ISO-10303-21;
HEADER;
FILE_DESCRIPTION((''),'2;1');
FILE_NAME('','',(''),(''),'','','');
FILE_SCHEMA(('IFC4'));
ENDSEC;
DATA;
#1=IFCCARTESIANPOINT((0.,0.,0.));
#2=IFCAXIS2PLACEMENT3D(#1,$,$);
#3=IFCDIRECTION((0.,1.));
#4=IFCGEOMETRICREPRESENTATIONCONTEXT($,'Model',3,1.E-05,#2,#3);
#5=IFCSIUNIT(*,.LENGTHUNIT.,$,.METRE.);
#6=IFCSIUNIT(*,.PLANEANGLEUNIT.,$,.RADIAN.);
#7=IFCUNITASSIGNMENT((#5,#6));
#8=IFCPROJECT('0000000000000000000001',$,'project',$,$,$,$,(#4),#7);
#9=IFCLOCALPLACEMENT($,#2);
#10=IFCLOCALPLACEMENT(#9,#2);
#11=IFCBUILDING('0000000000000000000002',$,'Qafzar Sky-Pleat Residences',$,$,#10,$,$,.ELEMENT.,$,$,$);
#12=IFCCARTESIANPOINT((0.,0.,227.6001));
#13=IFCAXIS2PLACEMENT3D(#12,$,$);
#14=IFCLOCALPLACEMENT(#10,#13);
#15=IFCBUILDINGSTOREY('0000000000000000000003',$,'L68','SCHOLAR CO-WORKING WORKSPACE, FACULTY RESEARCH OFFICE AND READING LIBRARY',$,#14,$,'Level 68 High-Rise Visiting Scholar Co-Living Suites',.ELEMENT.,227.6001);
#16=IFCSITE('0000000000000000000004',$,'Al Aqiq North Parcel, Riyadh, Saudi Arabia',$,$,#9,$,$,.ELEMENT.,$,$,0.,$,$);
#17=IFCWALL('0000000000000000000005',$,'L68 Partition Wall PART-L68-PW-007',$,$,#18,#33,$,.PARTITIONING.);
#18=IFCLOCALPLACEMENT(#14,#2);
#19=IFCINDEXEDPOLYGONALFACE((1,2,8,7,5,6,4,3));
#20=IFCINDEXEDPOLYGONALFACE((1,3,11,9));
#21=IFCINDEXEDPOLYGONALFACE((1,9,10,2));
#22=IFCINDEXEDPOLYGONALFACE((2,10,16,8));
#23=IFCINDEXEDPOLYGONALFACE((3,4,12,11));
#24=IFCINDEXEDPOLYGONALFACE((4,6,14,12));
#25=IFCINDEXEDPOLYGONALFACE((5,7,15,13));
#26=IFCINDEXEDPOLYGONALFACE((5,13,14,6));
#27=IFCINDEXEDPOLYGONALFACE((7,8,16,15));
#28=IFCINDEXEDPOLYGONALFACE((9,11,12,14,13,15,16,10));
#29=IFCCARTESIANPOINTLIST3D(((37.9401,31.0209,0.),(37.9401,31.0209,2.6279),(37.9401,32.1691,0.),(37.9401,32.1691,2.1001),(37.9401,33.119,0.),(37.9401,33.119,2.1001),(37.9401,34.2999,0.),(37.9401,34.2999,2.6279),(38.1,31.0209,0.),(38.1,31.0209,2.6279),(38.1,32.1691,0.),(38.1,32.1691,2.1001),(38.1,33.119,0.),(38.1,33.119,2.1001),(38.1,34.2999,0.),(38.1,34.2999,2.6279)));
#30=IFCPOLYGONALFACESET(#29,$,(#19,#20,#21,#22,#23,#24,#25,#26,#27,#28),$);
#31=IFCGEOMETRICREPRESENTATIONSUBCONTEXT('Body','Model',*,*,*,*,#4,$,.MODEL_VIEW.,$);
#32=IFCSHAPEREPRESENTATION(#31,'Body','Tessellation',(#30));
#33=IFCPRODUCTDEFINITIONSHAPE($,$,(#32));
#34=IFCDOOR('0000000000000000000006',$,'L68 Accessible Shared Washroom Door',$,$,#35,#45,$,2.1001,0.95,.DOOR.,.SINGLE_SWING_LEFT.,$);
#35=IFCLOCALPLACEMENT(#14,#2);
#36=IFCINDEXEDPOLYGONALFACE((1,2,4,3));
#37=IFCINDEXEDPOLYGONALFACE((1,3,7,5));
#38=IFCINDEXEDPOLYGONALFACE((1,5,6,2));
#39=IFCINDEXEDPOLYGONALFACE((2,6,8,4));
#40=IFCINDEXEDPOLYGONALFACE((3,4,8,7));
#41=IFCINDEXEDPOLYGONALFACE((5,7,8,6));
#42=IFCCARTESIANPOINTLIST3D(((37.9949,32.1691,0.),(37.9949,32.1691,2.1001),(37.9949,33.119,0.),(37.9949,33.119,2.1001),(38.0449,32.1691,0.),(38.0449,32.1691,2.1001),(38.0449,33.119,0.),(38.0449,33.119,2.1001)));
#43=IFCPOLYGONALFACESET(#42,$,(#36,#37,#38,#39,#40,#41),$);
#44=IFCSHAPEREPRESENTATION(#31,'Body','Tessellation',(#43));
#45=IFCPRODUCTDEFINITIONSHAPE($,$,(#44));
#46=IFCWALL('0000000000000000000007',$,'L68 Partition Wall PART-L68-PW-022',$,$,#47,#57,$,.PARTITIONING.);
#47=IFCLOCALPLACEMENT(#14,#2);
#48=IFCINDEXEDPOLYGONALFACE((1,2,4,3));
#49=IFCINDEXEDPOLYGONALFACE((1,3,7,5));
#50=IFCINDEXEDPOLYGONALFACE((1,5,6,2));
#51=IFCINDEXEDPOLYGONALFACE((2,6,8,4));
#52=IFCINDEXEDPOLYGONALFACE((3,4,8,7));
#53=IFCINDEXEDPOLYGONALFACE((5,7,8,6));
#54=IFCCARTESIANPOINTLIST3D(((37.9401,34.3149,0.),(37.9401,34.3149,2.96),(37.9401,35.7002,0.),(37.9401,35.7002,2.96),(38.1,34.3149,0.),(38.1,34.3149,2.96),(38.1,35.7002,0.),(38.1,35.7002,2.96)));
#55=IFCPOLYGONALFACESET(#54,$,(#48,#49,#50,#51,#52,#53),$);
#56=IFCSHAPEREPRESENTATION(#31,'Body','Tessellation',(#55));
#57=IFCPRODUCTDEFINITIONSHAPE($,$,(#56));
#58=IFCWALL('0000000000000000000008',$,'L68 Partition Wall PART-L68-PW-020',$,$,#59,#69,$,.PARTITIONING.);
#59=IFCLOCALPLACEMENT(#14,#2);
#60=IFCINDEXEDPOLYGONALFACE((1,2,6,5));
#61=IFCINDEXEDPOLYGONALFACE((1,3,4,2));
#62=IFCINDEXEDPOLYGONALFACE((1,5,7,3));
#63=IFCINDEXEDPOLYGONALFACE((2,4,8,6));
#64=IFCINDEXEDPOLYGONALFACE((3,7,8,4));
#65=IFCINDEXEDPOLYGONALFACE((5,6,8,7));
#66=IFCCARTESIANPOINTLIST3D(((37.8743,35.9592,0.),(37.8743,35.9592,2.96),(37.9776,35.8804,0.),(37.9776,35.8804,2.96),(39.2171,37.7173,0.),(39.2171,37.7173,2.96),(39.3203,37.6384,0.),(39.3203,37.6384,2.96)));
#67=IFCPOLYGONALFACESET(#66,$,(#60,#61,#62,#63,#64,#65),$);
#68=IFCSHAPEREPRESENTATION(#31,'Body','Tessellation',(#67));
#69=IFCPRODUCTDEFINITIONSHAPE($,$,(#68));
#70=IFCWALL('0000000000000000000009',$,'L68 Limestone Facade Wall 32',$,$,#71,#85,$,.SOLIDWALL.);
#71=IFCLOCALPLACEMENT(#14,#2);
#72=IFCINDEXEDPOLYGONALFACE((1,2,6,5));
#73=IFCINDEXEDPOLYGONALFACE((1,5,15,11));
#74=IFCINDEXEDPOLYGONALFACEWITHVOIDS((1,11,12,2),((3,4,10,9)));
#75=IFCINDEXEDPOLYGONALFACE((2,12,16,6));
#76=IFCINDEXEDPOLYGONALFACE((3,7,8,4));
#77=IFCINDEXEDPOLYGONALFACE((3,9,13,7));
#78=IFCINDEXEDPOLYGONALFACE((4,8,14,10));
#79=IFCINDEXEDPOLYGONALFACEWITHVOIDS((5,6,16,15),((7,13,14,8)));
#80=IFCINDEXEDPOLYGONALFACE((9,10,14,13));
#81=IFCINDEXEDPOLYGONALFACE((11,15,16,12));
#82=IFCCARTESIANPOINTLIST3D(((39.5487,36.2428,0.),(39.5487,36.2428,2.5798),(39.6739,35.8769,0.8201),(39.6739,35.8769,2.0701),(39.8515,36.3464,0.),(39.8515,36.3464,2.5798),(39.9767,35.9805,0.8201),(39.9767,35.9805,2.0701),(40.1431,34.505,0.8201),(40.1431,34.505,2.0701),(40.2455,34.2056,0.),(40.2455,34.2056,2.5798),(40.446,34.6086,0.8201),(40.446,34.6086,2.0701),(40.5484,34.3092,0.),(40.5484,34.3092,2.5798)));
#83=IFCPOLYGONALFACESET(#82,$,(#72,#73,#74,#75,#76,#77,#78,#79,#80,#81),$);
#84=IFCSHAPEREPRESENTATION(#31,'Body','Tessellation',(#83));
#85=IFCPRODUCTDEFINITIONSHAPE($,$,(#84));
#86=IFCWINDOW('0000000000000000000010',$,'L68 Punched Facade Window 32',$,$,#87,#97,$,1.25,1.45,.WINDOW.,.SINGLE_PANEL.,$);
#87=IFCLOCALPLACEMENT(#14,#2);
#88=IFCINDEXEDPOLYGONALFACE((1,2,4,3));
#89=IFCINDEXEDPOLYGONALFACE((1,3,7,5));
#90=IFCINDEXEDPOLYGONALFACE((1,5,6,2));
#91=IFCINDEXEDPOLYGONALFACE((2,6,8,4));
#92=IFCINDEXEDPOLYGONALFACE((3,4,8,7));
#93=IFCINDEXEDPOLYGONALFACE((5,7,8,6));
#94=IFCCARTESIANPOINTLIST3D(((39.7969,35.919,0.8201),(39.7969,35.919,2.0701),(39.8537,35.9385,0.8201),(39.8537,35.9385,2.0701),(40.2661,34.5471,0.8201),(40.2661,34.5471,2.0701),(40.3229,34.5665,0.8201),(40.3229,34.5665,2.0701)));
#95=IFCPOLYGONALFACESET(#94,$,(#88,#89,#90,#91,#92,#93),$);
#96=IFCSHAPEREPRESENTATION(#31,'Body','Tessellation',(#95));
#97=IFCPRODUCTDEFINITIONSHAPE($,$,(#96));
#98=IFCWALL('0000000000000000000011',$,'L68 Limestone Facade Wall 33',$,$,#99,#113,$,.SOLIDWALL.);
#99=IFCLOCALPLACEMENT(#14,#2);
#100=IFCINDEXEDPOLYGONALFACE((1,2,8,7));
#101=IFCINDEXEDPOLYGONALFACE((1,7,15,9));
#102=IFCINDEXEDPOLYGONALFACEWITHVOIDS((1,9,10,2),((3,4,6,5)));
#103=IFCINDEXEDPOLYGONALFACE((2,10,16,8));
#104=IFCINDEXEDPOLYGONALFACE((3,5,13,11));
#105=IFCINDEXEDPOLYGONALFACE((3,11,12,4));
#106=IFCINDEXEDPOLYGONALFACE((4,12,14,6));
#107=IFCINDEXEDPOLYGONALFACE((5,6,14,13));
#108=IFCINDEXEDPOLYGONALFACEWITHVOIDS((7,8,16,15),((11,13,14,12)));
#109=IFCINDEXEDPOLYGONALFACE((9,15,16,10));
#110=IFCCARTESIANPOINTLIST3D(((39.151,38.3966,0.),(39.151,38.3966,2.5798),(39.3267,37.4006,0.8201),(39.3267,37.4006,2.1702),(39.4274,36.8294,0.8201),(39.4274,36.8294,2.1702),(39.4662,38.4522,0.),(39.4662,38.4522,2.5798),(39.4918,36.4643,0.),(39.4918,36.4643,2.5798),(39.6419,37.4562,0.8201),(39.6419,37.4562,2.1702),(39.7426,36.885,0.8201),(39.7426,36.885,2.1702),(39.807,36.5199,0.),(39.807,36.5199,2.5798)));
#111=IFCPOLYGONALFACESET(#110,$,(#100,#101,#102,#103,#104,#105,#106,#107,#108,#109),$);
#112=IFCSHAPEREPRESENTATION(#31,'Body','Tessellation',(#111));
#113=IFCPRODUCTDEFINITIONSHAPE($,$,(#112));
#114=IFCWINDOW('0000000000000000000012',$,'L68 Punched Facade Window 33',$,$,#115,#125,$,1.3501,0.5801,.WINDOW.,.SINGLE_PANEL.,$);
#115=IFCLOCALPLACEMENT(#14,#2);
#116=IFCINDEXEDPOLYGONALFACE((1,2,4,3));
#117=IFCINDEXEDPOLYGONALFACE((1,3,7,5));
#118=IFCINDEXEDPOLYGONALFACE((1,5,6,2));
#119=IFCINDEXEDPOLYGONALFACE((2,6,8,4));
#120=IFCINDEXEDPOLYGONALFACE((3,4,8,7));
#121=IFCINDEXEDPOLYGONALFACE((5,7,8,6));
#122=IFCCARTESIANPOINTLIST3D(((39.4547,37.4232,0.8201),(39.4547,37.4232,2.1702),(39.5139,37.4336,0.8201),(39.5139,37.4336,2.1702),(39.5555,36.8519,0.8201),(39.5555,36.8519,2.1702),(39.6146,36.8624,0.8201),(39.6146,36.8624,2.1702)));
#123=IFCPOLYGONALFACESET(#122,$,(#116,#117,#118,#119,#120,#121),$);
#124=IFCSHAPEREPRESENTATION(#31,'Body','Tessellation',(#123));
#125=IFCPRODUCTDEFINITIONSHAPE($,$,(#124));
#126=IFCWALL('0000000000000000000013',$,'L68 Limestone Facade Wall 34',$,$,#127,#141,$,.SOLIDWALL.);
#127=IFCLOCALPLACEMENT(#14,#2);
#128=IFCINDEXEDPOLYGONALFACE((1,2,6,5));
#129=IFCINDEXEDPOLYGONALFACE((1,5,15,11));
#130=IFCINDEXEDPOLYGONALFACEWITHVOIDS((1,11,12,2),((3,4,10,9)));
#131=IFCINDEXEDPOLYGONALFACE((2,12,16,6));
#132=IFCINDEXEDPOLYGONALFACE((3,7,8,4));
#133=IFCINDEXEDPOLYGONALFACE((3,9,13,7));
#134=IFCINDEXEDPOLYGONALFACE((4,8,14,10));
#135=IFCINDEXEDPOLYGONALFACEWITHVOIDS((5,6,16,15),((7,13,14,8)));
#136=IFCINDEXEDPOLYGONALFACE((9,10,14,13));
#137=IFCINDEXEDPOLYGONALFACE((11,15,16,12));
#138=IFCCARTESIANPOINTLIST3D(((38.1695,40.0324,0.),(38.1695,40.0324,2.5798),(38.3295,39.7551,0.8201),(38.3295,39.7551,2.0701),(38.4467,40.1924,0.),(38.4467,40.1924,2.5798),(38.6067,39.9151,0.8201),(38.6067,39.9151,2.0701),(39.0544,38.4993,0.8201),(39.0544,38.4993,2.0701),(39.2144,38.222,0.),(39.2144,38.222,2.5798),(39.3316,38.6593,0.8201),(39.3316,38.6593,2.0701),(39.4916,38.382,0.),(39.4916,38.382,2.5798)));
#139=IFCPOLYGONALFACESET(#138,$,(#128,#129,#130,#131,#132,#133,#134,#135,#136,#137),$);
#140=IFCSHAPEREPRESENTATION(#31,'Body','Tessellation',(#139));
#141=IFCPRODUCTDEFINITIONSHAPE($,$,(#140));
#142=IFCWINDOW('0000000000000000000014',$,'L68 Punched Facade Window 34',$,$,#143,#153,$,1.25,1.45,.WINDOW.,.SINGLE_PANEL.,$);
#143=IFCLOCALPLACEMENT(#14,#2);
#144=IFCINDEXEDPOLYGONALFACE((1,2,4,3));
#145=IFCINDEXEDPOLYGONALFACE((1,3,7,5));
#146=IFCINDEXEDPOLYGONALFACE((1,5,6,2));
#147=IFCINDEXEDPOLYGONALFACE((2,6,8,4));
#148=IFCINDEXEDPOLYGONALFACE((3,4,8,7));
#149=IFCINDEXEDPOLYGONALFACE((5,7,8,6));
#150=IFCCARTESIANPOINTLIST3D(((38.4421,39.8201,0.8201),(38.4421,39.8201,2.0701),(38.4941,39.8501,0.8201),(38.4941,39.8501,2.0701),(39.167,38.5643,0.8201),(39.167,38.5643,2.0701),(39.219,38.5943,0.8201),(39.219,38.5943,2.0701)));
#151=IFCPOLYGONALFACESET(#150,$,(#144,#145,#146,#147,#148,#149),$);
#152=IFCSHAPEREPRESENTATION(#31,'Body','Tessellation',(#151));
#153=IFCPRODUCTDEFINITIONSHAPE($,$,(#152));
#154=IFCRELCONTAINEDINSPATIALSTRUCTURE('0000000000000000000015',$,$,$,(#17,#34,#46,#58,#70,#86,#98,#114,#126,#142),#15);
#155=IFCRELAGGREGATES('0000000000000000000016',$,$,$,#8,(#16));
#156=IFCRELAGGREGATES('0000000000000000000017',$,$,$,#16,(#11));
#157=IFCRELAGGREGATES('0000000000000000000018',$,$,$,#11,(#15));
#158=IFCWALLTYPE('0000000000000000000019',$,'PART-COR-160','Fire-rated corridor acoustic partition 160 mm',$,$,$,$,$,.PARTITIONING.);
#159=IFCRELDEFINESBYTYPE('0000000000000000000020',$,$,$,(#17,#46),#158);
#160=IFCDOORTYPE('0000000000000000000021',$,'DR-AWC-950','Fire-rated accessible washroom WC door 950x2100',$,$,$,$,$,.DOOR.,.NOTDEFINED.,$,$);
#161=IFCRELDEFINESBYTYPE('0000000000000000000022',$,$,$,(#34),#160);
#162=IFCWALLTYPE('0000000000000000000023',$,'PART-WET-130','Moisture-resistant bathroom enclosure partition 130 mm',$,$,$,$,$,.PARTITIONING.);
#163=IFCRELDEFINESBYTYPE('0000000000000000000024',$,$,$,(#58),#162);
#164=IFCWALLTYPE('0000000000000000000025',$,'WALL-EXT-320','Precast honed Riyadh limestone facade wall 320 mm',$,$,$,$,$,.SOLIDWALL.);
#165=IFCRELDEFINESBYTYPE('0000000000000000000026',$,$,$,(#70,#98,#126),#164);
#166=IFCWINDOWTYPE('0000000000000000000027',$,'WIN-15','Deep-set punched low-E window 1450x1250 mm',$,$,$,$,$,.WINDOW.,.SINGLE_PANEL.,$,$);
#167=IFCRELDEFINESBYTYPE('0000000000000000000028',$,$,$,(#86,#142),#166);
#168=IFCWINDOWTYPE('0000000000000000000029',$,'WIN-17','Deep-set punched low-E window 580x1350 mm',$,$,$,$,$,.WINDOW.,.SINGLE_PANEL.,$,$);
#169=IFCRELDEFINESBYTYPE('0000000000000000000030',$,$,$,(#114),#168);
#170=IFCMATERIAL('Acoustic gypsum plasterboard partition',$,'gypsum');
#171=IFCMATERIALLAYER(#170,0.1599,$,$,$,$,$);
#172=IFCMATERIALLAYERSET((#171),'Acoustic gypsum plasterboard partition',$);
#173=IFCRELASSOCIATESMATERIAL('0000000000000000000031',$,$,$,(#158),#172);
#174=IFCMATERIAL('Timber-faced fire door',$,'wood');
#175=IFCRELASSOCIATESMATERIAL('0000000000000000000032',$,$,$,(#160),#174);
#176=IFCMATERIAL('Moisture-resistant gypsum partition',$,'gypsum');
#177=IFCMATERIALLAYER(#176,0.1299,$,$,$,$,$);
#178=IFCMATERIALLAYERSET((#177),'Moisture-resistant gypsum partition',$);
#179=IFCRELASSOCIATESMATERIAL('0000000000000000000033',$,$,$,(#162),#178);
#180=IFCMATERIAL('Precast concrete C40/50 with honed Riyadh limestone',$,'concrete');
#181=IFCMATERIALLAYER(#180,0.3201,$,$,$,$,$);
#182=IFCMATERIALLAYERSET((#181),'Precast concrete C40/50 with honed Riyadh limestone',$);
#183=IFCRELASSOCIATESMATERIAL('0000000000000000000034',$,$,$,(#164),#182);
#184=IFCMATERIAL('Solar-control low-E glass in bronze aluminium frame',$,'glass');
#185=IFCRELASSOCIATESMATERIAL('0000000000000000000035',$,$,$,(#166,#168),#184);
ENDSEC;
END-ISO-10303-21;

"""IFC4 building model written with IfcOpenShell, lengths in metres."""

from ifc_helpers import new_model, si_unit, direction, frame, frame_2d, origin, place, context, subcontext, project, spatial, rectangle, extrude, source, transform, mapped, material, layer, layer_set, type_object, element, fill, save


model = new_model("IFC4")

# Units and contexts
model_context = context("Model", 3, precision=1e-05, world=origin(), true_north=direction((0.0, 1.0)))
body_context = subcontext(model_context, "Body", "Model", "MODEL_VIEW")
ifc_project = project(units=[si_unit("LENGTHUNIT", "METRE"), si_unit("PLANEANGLEUNIT", "RADIAN")], contexts=[model_context])

# Site, building, storey
site_placement = place(None, origin())
site = spatial("IfcSite", under=ifc_project, at=site_placement, Name="Al Aqiq North Parcel, Riyadh, Saudi Arabia", CompositionType="ELEMENT", RefElevation=0.0)
building_placement = place(site_placement, origin())
building = spatial("IfcBuilding", under=site, at=building_placement, Name="Qafzar Sky-Pleat Residences", CompositionType="ELEMENT")
storey_placement = place(building_placement, frame((0.0, 0.0, 227.6001)))
storey = spatial("IfcBuildingStorey", under=building, at=storey_placement, Name="L68", Description="SCHOLAR CO-WORKING WORKSPACE, FACULTY RESEARCH OFFICE AND READING LIBRARY", LongName="Level 68 High-Rise Visiting Scholar Co-Living Suites", CompositionType="ELEMENT", Elevation=227.6001)

# Wall, opening, door
ifc_material_1 = material(Name="Acoustic gypsum plasterboard partition", Category="gypsum")
ifc_layer_1 = layer(ifc_material_1, 0.1599)
ifc_layer_set_1 = layer_set([ifc_layer_1], Name="Acoustic gypsum plasterboard partition")
wall_type_1 = type_object("IfcWallType", Name="PART-COR-160", Description="Fire-rated corridor acoustic partition 160 mm", PredefinedType="PARTITIONING", material=ifc_layer_set_1)
wall_1_placement = place(storey_placement, frame((38.02, 34.3, 0.0), z_axis=(0.0, 0.0, 1.0), x_axis=(0.0, -1.0, 0.0)))
wall_1 = element("IfcWall", 1, at=wall_1_placement, inside=storey, type_object=wall_type_1, Name="L68 Partition Wall PART-L68-PW-007", PredefinedType="PARTITIONING", context=body_context, shape_type="SweptSolid", body=[
    extrude(rectangle(XDim=3.2791, YDim=0.1599, at=frame_2d((1.6396, 0.0))), origin(), (0.0, 0.0, 1.0), 2.6279),
])
opening_1_placement = place(wall_1_placement, frame((1.1809, 0.0, 0.0)))
opening_1 = element("IfcOpeningElement", 2, at=opening_1_placement, cuts=wall_1, PredefinedType="OPENING", context=body_context, shape_type="SweptSolid", body=[
    extrude(rectangle(XDim=0.95, YDim=2.1001, at=frame_2d((0.4751, 1.05))), frame((0.0, 0.0898, 0.0), z_axis=(0.0, -1.0, 0.0), x_axis=(1.0, 0.0, 0.0)), (0.0, 0.0, 1.0), 0.1799),
])
ifc_material_2 = material(Name="Timber-faced fire door", Category="wood")
door_type = type_object("IfcDoorType", Name="DR-AWC-950", Description="Fire-rated accessible washroom WC door 950x2100", OperationType="NOTDEFINED", PredefinedType="DOOR", material=ifc_material_2)
shared_shape_1 = source(origin(), body_context, "Body", "SweptSolid", [
    extrude(rectangle(XDim=0.95, YDim=2.1001, at=frame_2d((0.4751, 1.05))), frame((0.0, 0.0249, 0.0), z_axis=(0.0, -1.0, 0.0), x_axis=(1.0, 0.0, 0.0)), (0.0, 0.0, 1.0), 0.05),
])
door_placement = place(opening_1_placement, origin())
door = element("IfcDoor", 3, at=door_placement, inside=storey, type_object=door_type, Name="L68 Accessible Shared Washroom Door", OperationType="SINGLE_SWING_LEFT", OverallHeight=2.1001, OverallWidth=0.95, PredefinedType="DOOR", context=body_context, shape_type="MappedRepresentation", body=[
    mapped(shared_shape_1, transform((0.0, 0.0, 0.0), x_axis=(1.0, 0.0, 0.0), y_axis=(0.0, 1.0, 0.0), z_axis=(0.0, 0.0, 1.0), scale=1.0)),
])
fill(opening_1, door)

# Walls
wall_2_placement = place(storey_placement, frame((38.02, 34.3149, 0.0), z_axis=(0.0, 0.0, 1.0), x_axis=(0.0, 1.0, 0.0)))
element("IfcWall", 4, at=wall_2_placement, inside=storey, type_object=wall_type_1, Name="L68 Partition Wall PART-L68-PW-022", PredefinedType="PARTITIONING", context=body_context, shape_type="SweptSolid", body=[
    extrude(rectangle(XDim=1.3853, YDim=0.1599, at=frame_2d((0.6926, 0.0))), origin(), (0.0, 0.0, 1.0), 2.96),
])
ifc_material_3 = material(Name="Moisture-resistant gypsum partition", Category="gypsum")
ifc_layer_2 = layer(ifc_material_3, 0.1299)
ifc_layer_set_2 = layer_set([ifc_layer_2], Name="Moisture-resistant gypsum partition")
wall_type_2 = type_object("IfcWallType", Name="PART-WET-130", Description="Moisture-resistant bathroom enclosure partition 130 mm", PredefinedType="PARTITIONING", material=ifc_layer_set_2)
wall_3_placement = place(storey_placement, frame((37.926, 35.9199, 0.0), z_axis=(0.0, 0.0, 1.0), x_axis=(0.606987, 0.794712, 0.0)))
element("IfcWall", 5, at=wall_3_placement, inside=storey, type_object=wall_type_2, Name="L68 Partition Wall PART-L68-PW-020", PredefinedType="PARTITIONING", context=body_context, shape_type="SweptSolid", body=[
    extrude(rectangle(XDim=2.2122, YDim=0.1299, at=frame_2d((1.106, 0.0))), origin(), (0.0, 0.0, 1.0), 2.96),
])

# Walls, openings, windows
ifc_material_4 = material(Name="Precast concrete C40/50 with honed Riyadh limestone", Category="concrete")
ifc_layer_3 = layer(ifc_material_4, 0.3201)
ifc_layer_set_3 = layer_set([ifc_layer_3], Name="Precast concrete C40/50 with honed Riyadh limestone")
wall_type_3 = type_object("IfcWallType", Name="WALL-EXT-320", Description="Precast honed Riyadh limestone facade wall 320 mm", PredefinedType="SOLIDWALL", material=ifc_layer_set_3)
wall_4_placement = place(storey_placement, frame((40.397, 34.2573, 0.0), z_axis=(0.0, 0.0, 1.0), x_axis=(-0.323634, 0.946182, 0.0)))
wall_4 = element("IfcWall", 6, at=wall_4_placement, inside=storey, type_object=wall_type_3, Name="L68 Limestone Facade Wall 32", PredefinedType="SOLIDWALL", context=body_context, shape_type="SweptSolid", body=[
    extrude(rectangle(XDim=2.1531, YDim=0.3201, at=frame_2d((1.0767, 0.0))), origin(), (0.0, 0.0, 1.0), 2.5798),
])
opening_2_placement = place(wall_4_placement, frame((0.3164, 0.0, 0.8201)))
opening_2 = element("IfcOpeningElement", 7, at=opening_2_placement, cuts=wall_4, PredefinedType="OPENING", context=body_context, shape_type="SweptSolid", body=[
    extrude(rectangle(XDim=1.45, YDim=1.25, at=frame_2d((0.7251, 0.625))), frame((0.0, 0.1699, 0.0), z_axis=(0.0, -1.0, 0.0), x_axis=(1.0, 0.0, 0.0)), (0.0, 0.0, 1.0), 0.3401),
])
ifc_material_5 = material(Name="Solar-control low-E glass in bronze aluminium frame", Category="glass")
window_type_1 = type_object("IfcWindowType", Name="WIN-15", Description="Deep-set punched low-E window 1450x1250 mm", PartitioningType="SINGLE_PANEL", PredefinedType="WINDOW", material=ifc_material_5)
shared_shape_2 = source(origin(), body_context, "Body", "SweptSolid", [
    extrude(rectangle(XDim=1.45, YDim=1.25, at=frame_2d((0.7251, 0.625))), frame((0.0, 0.03, 0.0), z_axis=(0.0, -1.0, 0.0), x_axis=(1.0, 0.0, 0.0)), (0.0, 0.0, 1.0), 0.0601),
])
window_1_placement = place(opening_2_placement, origin())
window_1 = element("IfcWindow", 8, at=window_1_placement, inside=storey, type_object=window_type_1, Name="L68 Punched Facade Window 32", OverallHeight=1.25, OverallWidth=1.45, PartitioningType="SINGLE_PANEL", PredefinedType="WINDOW", context=body_context, shape_type="MappedRepresentation", body=[
    mapped(shared_shape_2, transform((0.0, 0.0, 0.0), x_axis=(1.0, 0.0, 0.0), y_axis=(0.0, 1.0, 0.0), z_axis=(0.0, 0.0, 1.0), scale=1.0)),
])
fill(opening_2, window_1)
wall_5_placement = place(storey_placement, frame((39.6494, 36.4922, 0.0), z_axis=(0.0, 0.0, 1.0), x_axis=(-0.173693, 0.9848, 0.0)))
wall_5 = element("IfcWall", 9, at=wall_5_placement, inside=storey, type_object=wall_type_3, Name="L68 Limestone Facade Wall 33", PredefinedType="SOLIDWALL", context=body_context, shape_type="SweptSolid", body=[
    extrude(rectangle(XDim=1.9622, YDim=0.3201, at=frame_2d((0.981, 0.0))), origin(), (0.0, 0.0, 1.0), 2.5798),
])
opening_3_placement = place(wall_5_placement, frame((0.3706, 0.0, 0.8201)))
opening_3 = element("IfcOpeningElement", 10, at=opening_3_placement, cuts=wall_5, PredefinedType="OPENING", context=body_context, shape_type="SweptSolid", body=[
    extrude(rectangle(XDim=0.5801, YDim=1.3501, at=frame_2d((0.29, 0.675))), frame((0.0, 0.1699, 0.0), z_axis=(0.0, -1.0, 0.0), x_axis=(1.0, 0.0, 0.0)), (0.0, 0.0, 1.0), 0.3401),
])
window_type_2 = type_object("IfcWindowType", Name="WIN-17", Description="Deep-set punched low-E window 580x1350 mm", PartitioningType="SINGLE_PANEL", PredefinedType="WINDOW", material=ifc_material_5)
shared_shape_3 = source(origin(), body_context, "Body", "SweptSolid", [
    extrude(rectangle(XDim=0.5801, YDim=1.3501, at=frame_2d((0.29, 0.675))), frame((0.0, 0.03, 0.0), z_axis=(0.0, -1.0, 0.0), x_axis=(1.0, 0.0, 0.0)), (0.0, 0.0, 1.0), 0.0601),
])
window_2_placement = place(opening_3_placement, origin())
window_2 = element("IfcWindow", 11, at=window_2_placement, inside=storey, type_object=window_type_2, Name="L68 Punched Facade Window 33", OverallHeight=1.3501, OverallWidth=0.5801, PartitioningType="SINGLE_PANEL", PredefinedType="WINDOW", context=body_context, shape_type="MappedRepresentation", body=[
    mapped(shared_shape_3, transform((0.0, 0.0, 0.0), x_axis=(1.0, 0.0, 0.0), y_axis=(0.0, 1.0, 0.0), z_axis=(0.0, 0.0, 1.0), scale=1.0)),
])
fill(opening_3, window_2)
wall_6_placement = place(storey_placement, frame((39.353, 38.302, 0.0), z_axis=(0.0, 0.0, 1.0), x_axis=(-0.499908, 0.866079, 0.0)))
wall_6 = element("IfcWall", 12, at=wall_6_placement, inside=storey, type_object=wall_type_3, Name="L68 Limestone Facade Wall 34", PredefinedType="SOLIDWALL", context=body_context, shape_type="SweptSolid", body=[
    extrude(rectangle(XDim=2.0903, YDim=0.3201, at=frame_2d((1.0452, 0.0))), origin(), (0.0, 0.0, 1.0), 2.5798),
])
opening_4_placement = place(wall_6_placement, frame((0.3201, 0.0, 0.8201)))
opening_4 = element("IfcOpeningElement", 13, at=opening_4_placement, cuts=wall_6, PredefinedType="OPENING", context=body_context, shape_type="SweptSolid", body=[
    extrude(rectangle(XDim=1.45, YDim=1.25, at=frame_2d((0.7251, 0.625))), frame((0.0, 0.1699, 0.0), z_axis=(0.0, -1.0, 0.0), x_axis=(1.0, 0.0, 0.0)), (0.0, 0.0, 1.0), 0.3401),
])
window_3_placement = place(opening_4_placement, origin())
window_3 = element("IfcWindow", 14, at=window_3_placement, inside=storey, type_object=window_type_1, Name="L68 Punched Facade Window 34", OverallHeight=1.25, OverallWidth=1.45, PartitioningType="SINGLE_PANEL", PredefinedType="WINDOW", context=body_context, shape_type="MappedRepresentation", body=[
    mapped(shared_shape_2, transform((0.0, 0.0, 0.0), x_axis=(1.0, 0.0, 0.0), y_axis=(0.0, 1.0, 0.0), z_axis=(0.0, 0.0, 1.0), scale=1.0)),
])
fill(opening_4, window_3)

save(model, "model.ifc")
